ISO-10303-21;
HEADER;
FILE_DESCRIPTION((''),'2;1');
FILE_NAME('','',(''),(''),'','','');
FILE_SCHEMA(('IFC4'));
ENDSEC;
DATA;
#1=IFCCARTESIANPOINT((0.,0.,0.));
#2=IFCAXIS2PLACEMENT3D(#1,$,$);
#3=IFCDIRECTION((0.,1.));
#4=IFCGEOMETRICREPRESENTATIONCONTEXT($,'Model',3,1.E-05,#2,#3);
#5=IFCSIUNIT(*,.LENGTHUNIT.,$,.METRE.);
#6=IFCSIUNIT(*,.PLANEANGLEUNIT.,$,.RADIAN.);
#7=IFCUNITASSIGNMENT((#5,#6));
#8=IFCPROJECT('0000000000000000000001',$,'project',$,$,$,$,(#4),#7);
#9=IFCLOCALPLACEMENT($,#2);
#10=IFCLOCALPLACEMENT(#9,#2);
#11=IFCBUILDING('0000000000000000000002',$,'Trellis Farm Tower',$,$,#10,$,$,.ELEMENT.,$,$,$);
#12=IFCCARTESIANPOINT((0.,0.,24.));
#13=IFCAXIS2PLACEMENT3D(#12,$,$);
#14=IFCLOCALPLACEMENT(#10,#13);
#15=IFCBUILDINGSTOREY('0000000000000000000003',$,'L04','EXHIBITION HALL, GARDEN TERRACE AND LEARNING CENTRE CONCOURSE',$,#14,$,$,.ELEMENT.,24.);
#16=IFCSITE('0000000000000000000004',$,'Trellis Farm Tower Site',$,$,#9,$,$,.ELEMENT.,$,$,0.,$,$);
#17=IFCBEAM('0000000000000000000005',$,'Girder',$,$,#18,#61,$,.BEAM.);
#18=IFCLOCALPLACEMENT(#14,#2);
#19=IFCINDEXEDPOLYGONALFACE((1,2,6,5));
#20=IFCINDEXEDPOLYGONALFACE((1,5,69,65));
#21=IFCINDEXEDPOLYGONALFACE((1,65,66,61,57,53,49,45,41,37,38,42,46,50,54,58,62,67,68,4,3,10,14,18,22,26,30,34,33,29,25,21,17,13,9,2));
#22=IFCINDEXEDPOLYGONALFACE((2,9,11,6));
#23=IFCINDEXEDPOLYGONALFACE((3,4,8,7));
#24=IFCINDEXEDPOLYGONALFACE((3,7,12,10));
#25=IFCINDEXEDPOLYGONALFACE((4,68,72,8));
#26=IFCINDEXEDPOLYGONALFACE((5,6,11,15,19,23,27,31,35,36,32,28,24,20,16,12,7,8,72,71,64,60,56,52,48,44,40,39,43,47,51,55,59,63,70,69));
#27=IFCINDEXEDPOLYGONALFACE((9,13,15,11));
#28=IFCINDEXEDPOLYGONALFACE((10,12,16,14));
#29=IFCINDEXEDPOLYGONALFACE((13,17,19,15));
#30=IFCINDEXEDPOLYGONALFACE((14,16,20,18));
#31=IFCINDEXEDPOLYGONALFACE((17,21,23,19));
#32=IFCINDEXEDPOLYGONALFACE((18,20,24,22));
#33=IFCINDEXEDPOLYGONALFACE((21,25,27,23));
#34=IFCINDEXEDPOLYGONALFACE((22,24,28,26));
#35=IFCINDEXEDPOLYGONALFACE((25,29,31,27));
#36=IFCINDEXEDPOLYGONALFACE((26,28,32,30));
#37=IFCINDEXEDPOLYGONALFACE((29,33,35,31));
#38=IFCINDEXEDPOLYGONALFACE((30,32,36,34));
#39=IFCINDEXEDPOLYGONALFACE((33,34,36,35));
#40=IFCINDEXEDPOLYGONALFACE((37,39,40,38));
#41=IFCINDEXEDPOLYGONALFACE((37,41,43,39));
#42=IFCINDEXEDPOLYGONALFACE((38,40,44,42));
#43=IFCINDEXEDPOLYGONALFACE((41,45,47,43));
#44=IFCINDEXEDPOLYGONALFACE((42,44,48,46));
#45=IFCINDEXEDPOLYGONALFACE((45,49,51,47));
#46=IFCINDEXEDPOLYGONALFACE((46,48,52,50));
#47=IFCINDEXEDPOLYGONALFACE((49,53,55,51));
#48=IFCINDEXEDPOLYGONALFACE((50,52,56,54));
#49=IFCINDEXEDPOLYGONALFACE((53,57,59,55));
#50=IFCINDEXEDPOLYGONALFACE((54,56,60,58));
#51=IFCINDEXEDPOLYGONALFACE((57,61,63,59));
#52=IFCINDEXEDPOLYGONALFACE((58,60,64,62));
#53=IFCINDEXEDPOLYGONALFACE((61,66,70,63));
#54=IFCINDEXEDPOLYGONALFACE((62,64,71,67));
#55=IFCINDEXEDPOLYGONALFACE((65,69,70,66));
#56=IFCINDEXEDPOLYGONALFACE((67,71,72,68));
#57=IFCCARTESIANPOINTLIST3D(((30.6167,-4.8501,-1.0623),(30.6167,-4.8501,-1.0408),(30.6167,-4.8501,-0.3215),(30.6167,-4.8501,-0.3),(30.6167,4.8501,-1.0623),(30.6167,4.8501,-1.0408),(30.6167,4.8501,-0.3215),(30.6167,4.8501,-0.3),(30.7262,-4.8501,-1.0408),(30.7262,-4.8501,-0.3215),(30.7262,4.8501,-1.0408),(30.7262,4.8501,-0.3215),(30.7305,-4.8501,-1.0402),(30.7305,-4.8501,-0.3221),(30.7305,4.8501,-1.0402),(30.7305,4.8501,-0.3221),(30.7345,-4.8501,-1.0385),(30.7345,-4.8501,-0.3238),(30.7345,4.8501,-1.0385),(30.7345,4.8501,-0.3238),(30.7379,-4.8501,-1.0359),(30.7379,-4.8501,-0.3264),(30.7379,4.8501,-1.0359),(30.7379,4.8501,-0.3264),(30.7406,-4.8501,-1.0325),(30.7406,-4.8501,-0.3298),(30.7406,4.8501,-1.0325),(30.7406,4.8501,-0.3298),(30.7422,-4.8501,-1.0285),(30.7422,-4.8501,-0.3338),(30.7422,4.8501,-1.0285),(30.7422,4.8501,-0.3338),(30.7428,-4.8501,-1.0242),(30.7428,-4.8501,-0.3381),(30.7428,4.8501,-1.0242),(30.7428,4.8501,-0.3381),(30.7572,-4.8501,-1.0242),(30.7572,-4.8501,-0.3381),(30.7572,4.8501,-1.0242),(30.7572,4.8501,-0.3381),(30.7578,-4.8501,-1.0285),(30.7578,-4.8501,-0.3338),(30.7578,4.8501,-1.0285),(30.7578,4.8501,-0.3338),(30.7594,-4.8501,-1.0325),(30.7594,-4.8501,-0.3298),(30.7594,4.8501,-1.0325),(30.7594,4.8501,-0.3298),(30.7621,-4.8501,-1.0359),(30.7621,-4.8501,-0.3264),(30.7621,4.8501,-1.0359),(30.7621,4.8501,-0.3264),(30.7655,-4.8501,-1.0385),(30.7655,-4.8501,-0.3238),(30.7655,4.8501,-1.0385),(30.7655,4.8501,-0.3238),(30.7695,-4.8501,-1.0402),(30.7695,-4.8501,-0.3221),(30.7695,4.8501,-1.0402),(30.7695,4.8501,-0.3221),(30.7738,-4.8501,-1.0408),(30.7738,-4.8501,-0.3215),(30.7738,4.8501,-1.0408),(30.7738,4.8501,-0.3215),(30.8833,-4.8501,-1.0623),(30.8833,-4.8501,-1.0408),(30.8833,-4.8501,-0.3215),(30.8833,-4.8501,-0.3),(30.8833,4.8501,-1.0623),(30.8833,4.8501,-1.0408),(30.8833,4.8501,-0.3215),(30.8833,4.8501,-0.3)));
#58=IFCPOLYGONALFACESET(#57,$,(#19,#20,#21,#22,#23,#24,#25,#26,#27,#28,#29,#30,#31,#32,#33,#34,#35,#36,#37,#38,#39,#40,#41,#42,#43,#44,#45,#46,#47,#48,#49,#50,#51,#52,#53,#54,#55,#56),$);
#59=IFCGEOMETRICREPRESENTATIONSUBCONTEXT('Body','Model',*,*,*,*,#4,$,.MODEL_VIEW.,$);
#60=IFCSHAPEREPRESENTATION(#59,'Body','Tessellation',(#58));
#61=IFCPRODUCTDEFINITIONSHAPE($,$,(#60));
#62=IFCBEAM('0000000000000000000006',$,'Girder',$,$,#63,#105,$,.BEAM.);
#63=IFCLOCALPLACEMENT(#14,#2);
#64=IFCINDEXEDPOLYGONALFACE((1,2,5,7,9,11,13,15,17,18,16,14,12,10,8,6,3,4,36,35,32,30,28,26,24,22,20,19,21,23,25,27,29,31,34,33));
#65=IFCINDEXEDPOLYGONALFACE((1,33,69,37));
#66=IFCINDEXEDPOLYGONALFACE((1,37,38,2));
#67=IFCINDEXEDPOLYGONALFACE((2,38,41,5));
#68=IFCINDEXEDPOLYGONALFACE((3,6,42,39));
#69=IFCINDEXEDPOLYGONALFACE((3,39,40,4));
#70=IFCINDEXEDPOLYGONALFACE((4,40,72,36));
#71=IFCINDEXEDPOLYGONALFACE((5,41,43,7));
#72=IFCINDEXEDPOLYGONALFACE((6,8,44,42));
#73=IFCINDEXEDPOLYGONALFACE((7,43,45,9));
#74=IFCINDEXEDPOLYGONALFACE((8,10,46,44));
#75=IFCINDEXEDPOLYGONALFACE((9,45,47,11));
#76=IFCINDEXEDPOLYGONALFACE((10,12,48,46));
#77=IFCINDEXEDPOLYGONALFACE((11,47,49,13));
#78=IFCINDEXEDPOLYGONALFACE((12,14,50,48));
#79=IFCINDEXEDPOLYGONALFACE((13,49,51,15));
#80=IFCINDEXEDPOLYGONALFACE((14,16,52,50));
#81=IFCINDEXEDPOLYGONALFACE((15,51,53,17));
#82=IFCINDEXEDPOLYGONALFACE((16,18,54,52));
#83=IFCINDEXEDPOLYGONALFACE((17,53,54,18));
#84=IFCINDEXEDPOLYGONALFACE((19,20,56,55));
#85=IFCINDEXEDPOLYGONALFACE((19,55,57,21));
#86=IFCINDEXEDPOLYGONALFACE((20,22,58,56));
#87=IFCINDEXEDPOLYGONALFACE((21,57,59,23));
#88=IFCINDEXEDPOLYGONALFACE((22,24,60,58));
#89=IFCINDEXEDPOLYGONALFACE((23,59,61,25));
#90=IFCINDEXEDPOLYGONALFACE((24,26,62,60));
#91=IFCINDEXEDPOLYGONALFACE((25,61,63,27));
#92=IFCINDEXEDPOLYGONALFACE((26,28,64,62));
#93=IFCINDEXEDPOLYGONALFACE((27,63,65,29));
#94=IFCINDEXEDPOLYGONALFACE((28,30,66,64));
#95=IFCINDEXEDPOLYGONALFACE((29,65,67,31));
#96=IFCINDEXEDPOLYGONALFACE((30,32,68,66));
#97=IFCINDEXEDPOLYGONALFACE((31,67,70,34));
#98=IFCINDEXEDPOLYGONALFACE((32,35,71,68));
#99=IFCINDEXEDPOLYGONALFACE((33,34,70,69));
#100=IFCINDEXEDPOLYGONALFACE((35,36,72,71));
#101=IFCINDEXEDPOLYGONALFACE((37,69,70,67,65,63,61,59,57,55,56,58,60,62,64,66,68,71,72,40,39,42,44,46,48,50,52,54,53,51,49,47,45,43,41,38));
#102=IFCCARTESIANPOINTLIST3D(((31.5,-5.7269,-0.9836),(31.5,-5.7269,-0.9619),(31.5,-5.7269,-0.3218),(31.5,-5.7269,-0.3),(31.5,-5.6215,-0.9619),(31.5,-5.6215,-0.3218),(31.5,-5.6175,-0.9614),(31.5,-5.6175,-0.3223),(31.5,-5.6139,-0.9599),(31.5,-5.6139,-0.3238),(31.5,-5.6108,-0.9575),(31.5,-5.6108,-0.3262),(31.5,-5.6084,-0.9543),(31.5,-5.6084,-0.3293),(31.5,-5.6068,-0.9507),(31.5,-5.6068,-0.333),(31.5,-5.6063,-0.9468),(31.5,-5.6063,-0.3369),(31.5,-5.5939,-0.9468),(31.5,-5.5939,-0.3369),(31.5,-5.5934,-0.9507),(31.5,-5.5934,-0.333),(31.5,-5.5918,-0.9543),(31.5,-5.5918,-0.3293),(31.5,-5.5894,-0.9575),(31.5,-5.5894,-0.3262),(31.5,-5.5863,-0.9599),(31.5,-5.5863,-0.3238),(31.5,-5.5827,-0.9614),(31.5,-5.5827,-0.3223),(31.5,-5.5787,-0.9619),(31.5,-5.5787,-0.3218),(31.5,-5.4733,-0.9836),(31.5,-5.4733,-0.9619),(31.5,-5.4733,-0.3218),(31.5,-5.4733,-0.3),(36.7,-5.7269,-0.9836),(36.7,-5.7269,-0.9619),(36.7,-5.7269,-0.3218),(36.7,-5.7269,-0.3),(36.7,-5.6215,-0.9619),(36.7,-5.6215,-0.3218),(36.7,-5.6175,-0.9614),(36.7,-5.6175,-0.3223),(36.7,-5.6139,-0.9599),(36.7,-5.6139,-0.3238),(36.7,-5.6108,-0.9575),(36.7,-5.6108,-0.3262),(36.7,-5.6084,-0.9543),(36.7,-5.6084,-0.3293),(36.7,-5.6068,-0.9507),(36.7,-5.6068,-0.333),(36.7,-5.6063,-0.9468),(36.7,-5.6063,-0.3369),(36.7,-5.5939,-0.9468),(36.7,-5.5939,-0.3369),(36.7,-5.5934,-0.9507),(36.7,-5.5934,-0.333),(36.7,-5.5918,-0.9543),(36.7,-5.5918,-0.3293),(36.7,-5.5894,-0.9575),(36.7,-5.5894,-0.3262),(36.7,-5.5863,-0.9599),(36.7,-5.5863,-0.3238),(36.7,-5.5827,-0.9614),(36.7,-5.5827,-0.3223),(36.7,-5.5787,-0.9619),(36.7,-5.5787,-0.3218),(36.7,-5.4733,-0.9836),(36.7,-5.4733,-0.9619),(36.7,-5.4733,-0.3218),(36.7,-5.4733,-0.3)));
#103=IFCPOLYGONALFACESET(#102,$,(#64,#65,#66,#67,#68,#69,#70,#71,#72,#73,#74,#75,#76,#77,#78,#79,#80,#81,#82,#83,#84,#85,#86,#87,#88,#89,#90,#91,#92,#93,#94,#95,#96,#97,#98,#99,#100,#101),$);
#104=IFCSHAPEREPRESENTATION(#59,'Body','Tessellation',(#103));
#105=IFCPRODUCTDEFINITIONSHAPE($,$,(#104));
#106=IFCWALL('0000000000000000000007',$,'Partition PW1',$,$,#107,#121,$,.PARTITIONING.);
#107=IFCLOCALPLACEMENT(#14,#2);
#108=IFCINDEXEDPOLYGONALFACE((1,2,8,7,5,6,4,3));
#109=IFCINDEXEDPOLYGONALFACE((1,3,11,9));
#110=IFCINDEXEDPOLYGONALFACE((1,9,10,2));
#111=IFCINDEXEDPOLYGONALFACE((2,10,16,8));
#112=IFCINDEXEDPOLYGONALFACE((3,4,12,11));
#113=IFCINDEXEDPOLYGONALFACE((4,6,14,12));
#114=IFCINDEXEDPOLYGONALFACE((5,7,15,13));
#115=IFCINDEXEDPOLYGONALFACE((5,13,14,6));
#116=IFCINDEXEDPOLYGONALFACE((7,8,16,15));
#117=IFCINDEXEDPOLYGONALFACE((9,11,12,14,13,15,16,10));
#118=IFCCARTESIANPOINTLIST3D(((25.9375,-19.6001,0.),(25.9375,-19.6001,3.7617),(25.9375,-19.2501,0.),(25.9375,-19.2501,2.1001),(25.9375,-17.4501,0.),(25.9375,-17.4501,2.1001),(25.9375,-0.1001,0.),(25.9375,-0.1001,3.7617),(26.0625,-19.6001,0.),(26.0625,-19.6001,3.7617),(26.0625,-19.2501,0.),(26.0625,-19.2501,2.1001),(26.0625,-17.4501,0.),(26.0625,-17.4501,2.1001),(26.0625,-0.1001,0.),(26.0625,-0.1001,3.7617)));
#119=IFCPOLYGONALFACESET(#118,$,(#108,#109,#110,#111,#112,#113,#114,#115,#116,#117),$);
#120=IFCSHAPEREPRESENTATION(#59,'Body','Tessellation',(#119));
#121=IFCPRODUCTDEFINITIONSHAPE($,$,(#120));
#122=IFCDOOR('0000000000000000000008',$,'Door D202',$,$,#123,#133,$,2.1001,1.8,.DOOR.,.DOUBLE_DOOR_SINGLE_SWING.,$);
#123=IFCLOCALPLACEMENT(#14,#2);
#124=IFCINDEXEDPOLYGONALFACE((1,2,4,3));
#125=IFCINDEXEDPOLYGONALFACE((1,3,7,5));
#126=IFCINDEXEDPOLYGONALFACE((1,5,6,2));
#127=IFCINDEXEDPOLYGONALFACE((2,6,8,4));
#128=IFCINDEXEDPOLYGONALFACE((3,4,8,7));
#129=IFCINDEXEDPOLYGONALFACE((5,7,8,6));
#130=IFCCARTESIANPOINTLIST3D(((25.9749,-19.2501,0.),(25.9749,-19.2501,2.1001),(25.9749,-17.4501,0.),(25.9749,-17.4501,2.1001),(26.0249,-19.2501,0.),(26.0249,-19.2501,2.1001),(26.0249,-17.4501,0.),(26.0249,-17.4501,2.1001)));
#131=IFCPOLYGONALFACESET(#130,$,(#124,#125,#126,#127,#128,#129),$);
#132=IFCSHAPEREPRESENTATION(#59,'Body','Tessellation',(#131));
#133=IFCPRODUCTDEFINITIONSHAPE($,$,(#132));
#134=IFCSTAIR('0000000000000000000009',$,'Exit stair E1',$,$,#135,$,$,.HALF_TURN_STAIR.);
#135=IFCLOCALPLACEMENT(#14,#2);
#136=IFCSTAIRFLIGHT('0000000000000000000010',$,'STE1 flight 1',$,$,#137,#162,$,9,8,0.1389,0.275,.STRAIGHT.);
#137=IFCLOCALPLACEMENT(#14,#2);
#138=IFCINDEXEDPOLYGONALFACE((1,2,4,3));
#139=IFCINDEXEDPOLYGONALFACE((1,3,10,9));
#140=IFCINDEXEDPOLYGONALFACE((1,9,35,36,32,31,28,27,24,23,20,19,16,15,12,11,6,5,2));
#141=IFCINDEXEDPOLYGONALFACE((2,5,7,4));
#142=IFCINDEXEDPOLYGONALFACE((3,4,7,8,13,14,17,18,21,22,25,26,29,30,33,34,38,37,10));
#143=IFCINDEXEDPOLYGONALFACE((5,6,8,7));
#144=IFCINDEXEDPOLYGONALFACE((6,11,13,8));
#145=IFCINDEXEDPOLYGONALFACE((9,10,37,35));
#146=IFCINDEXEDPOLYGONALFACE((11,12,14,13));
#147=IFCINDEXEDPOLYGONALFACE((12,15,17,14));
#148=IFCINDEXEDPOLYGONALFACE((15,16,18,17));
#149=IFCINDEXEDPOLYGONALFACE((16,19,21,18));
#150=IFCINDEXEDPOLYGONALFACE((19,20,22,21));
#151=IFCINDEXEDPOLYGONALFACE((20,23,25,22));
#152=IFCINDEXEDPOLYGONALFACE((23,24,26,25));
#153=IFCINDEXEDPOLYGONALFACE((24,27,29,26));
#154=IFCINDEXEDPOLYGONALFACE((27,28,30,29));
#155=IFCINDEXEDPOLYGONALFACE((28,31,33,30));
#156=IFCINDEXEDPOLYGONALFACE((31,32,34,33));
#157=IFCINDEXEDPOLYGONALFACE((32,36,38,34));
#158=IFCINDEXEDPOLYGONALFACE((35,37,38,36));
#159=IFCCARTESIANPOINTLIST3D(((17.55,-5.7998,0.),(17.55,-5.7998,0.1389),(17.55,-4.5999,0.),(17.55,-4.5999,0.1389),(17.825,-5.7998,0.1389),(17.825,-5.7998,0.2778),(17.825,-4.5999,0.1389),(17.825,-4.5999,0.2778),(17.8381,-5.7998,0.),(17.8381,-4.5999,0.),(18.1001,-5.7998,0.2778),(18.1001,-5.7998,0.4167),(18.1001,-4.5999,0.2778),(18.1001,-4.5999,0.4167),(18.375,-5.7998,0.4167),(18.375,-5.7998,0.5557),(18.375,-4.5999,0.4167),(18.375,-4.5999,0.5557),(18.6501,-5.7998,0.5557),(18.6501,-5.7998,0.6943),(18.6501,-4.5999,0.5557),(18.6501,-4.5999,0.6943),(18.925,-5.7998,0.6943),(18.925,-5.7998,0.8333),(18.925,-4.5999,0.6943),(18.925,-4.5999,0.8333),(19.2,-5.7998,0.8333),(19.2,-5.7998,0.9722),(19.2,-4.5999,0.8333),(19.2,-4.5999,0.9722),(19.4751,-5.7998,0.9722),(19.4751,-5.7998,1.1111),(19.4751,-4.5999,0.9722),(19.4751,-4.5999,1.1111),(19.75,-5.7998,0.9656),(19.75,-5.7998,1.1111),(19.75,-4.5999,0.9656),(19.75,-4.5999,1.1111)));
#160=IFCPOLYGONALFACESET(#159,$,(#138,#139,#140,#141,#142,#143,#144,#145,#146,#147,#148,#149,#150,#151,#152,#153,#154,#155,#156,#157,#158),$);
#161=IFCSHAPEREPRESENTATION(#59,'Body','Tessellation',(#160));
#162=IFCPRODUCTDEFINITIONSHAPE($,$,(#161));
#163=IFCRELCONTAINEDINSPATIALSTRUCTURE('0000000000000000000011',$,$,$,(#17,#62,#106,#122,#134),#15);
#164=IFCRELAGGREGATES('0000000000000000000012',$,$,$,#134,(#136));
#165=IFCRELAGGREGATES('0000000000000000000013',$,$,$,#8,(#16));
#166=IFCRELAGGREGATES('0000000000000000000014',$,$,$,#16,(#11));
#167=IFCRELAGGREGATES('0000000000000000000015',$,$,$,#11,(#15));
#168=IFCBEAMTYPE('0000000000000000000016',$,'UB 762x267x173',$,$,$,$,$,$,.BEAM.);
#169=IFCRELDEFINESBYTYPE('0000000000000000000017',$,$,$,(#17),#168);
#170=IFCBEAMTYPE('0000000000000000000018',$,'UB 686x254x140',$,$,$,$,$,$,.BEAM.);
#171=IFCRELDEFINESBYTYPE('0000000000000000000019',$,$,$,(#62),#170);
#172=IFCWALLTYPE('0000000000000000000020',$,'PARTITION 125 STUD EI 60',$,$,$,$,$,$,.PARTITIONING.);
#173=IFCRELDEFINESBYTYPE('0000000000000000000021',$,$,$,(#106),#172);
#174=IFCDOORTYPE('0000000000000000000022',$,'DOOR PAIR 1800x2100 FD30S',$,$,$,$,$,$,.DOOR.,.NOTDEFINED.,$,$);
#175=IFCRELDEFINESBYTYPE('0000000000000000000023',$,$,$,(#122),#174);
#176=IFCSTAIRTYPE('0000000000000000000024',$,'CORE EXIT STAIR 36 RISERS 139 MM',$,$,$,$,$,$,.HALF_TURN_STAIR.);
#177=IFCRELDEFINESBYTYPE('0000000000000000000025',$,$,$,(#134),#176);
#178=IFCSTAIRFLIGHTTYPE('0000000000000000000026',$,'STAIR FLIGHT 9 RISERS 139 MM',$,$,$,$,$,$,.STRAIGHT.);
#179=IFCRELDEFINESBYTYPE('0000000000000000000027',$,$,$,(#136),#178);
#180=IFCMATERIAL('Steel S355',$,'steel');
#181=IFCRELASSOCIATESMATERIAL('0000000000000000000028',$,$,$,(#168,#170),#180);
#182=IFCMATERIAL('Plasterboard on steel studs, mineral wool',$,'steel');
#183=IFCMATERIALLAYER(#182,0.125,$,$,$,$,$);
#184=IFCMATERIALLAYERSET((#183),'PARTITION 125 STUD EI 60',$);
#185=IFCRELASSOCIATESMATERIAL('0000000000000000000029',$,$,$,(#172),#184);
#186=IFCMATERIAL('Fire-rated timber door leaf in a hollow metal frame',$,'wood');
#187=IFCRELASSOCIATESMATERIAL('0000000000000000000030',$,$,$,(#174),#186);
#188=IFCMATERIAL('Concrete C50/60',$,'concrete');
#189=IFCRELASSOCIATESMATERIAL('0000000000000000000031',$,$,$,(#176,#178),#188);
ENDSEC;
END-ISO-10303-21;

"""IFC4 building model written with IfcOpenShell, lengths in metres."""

from ifc_helpers import new_model, si_unit, direction, frame, frame_2d, origin, origin_2d, place, context, subcontext, project, spatial, polyline, rectangle, i_section, outline, extrude, source, transform, mapped, material, layer, layer_set, material_profile, profile_set, type_object, element, fill, aggregate, save


model = new_model("IFC4")

# Units and contexts
model_context = context("Model", 3, precision=1e-05, world=origin(), true_north=direction((0.0, 1.0)))
body_context = subcontext(model_context, "Body", "Model", "MODEL_VIEW")
ifc_project = project(units=[si_unit("LENGTHUNIT", "METRE"), si_unit("PLANEANGLEUNIT", "RADIAN")], contexts=[model_context])

# Site, building, storey
site_placement = place(None, origin())
site = spatial("IfcSite", under=ifc_project, at=site_placement, Name="Trellis Farm Tower Site", CompositionType="ELEMENT", RefElevation=0.0)
building_placement = place(site_placement, origin())
building = spatial("IfcBuilding", under=site, at=building_placement, Name="Trellis Farm Tower", CompositionType="ELEMENT")
storey_placement = place(building_placement, frame((0.0, 0.0, 24.0)))
storey = spatial("IfcBuildingStorey", under=building, at=storey_placement, Name="L04", Description="EXHIBITION HALL, GARDEN TERRACE AND LEARNING CENTRE CONCOURSE", CompositionType="ELEMENT", Elevation=24.0)

# Beams
ifc_material_1 = material(Name="Steel S355", Category="steel")
ifc_material_profile_1 = material_profile(ifc_material_1, i_section(OverallWidth=0.2666, OverallDepth=0.7622, WebThickness=0.0144, FlangeThickness=0.0215, FilletRadius=0.0166, at=origin_2d()), Name="UB 762x267x173")
ifc_profile_set_1 = profile_set([ifc_material_profile_1], Name="Steel S355")
beam_type_1 = type_object("IfcBeamType", Name="UB 762x267x173", PredefinedType="BEAM", material=ifc_profile_set_1)
shared_shape_1 = source(origin(), body_context, "Body", "SweptSolid", [
    extrude(i_section(OverallWidth=0.2666, OverallDepth=0.7622, WebThickness=0.0144, FlangeThickness=0.0215, FilletRadius=0.0166, at=origin_2d()), origin(), (0.0, 0.0, 1.0), 9.7002),
])
beam_1_placement = place(storey_placement, frame((30.75, -4.8501, -0.6812), z_axis=(0.0, 1.0, 0.0), x_axis=(-1.0, 0.0, 0.0)))
element("IfcBeam", 1, at=beam_1_placement, inside=storey, type_object=beam_type_1, Name="Girder", PredefinedType="BEAM", context=body_context, shape_type="MappedRepresentation", body=[
    mapped(shared_shape_1, transform((0.0, 0.0, 0.0))),
])
ifc_material_profile_2 = material_profile(ifc_material_1, i_section(OverallWidth=0.2537, OverallDepth=0.6836, WebThickness=0.0125, FlangeThickness=0.0217, FilletRadius=0.0151, at=origin_2d()), Name="UB 686x254x140")
ifc_profile_set_2 = profile_set([ifc_material_profile_2], Name="Steel S355")
beam_type_2 = type_object("IfcBeamType", Name="UB 686x254x140", PredefinedType="BEAM", material=ifc_profile_set_2)
shared_shape_2 = source(origin(), body_context, "Body", "SweptSolid", [
    extrude(i_section(OverallWidth=0.2537, OverallDepth=0.6836, WebThickness=0.0125, FlangeThickness=0.0217, FilletRadius=0.0151, at=origin_2d()), origin(), (0.0, 0.0, 1.0), 5.2),
])
beam_2_placement = place(storey_placement, frame((31.5, -5.6001, -0.6418), z_axis=(1.0, 0.0, 0.0), x_axis=(0.0, 1.0, 0.0)))
element("IfcBeam", 2, at=beam_2_placement, inside=storey, type_object=beam_type_2, Name="Girder", PredefinedType="BEAM", context=body_context, shape_type="MappedRepresentation", body=[
    mapped(shared_shape_2, transform((0.0, 0.0, 0.0))),
])

# Wall, opening, door
ifc_material_2 = material(Name="Plasterboard on steel studs, mineral wool", Category="steel")
ifc_layer = layer(ifc_material_2, 0.125)
ifc_layer_set = layer_set([ifc_layer], Name="PARTITION 125 STUD EI 60")
wall_type = type_object("IfcWallType", Name="PARTITION 125 STUD EI 60", PredefinedType="PARTITIONING", material=ifc_layer_set)
shared_shape_3 = source(origin(), body_context, "Body", "SweptSolid", [
    extrude(rectangle(XDim=19.5, YDim=0.125, at=frame_2d((9.75, 0.0))), origin(), (0.0, 0.0, 1.0), 3.7617),
])
wall_placement = place(storey_placement, frame((26.0, -0.1001, 0.0), z_axis=(0.0, 0.0, 1.0), x_axis=(0.0, -1.0, 0.0)))
wall = element("IfcWall", 3, at=wall_placement, inside=storey, type_object=wall_type, Name="Partition PW1", PredefinedType="PARTITIONING", context=body_context, shape_type="MappedRepresentation", body=[
    mapped(shared_shape_3, transform((0.0, 0.0, 0.0))),
])
shared_shape_4 = source(origin(), body_context, "Body", "SweptSolid", [
    extrude(rectangle(XDim=1.8, YDim=2.1001, at=frame_2d((0.8999, 1.05))), frame((0.0, 0.0725, 0.0), z_axis=(0.0, -1.0, 0.0), x_axis=(1.0, 0.0, 0.0)), (0.0, 0.0, 1.0), 0.145),
])
opening_placement = place(wall_placement, frame((17.3501, 0.0, 0.0)))
opening = element("IfcOpeningElement", 4, at=opening_placement, cuts=wall, PredefinedType="OPENING", context=body_context, shape_type="MappedRepresentation", body=[
    mapped(shared_shape_4, transform((0.0, 0.0, 0.0))),
])
ifc_material_3 = material(Name="Fire-rated timber door leaf in a hollow metal frame", Category="wood")
door_type = type_object("IfcDoorType", Name="DOOR PAIR 1800x2100 FD30S", OperationType="NOTDEFINED", PredefinedType="DOOR", material=ifc_material_3)
shared_shape_5 = source(origin(), body_context, "Body", "SweptSolid", [
    extrude(rectangle(XDim=1.8, YDim=2.1001, at=frame_2d((0.8999, 1.05))), frame((0.0, 0.0249, 0.0), z_axis=(0.0, -1.0, 0.0), x_axis=(1.0, 0.0, 0.0)), (0.0, 0.0, 1.0), 0.05),
])
door_placement = place(opening_placement, origin())
door = element("IfcDoor", 5, at=door_placement, inside=storey, type_object=door_type, Name="Door D202", OperationType="DOUBLE_DOOR_SINGLE_SWING", OverallHeight=2.1001, OverallWidth=1.8, PredefinedType="DOOR", context=body_context, shape_type="MappedRepresentation", body=[
    mapped(shared_shape_5, transform((0.0, 0.0, 0.0))),
])
fill(opening, door)

# Stair, stair flight
ifc_material_4 = material(Name="Concrete C50/60", Category="concrete")
stair_type = type_object("IfcStairType", Name="CORE EXIT STAIR 36 RISERS 139 MM", PredefinedType="HALF_TURN_STAIR", material=ifc_material_4)
placement = place(storey_placement, origin())
stair_1 = element("IfcStair", 6, at=placement, inside=storey, type_object=stair_type, Name="Exit stair E1", PredefinedType="HALF_TURN_STAIR")
stair_flight_type = type_object("IfcStairFlightType", Name="STAIR FLIGHT 9 RISERS 139 MM", PredefinedType="STRAIGHT", material=ifc_material_4)
shared_shape_6 = source(origin(), body_context, "Body", "SweptSolid", [
    extrude(outline(polyline([(0.0, 0.0), (0.0, 0.1389), (0.2749, 0.1389), (0.2749, 0.2778), (0.55, 0.2778), (0.55, 0.4167), (0.825, 0.4167), (0.825, 0.5557), (1.1001, 0.5557), (1.1001, 0.6943), (1.375, 0.6943), (1.375, 0.8333), (1.6499, 0.8333), (1.6499, 0.9722), (1.925, 0.9722), (1.925, 1.1111), (2.2, 1.1111), (2.2, 1.25), (2.2, 0.9656), (0.2881, 0.0), (0.0, 0.0)])), frame((0.0, 0.6001, 0.0), z_axis=(0.0, -1.0, 0.0), x_axis=(1.0, 0.0, 0.0)), (0.0, 0.0, 1.0), 1.2),
])
stair_flight_1_placement = place(storey_placement, frame((17.55, -5.2, 0.0), z_axis=(0.0, 0.0, 1.0), x_axis=(1.0, 0.0, 0.0)))
stair_flight_1 = element("IfcStairFlight", 7, at=stair_flight_1_placement, type_object=stair_flight_type, Name="STE1 flight 1", NumberOfRisers=9, NumberOfTreads=8, PredefinedType="STRAIGHT", RiserHeight=0.1389, TreadLength=0.275, context=body_context, shape_type="MappedRepresentation", body=[
    mapped(shared_shape_6, transform((0.0, 0.0, 0.0))),
])
aggregate(stair_1, [stair_flight_1])

save(model, "model.ifc")
